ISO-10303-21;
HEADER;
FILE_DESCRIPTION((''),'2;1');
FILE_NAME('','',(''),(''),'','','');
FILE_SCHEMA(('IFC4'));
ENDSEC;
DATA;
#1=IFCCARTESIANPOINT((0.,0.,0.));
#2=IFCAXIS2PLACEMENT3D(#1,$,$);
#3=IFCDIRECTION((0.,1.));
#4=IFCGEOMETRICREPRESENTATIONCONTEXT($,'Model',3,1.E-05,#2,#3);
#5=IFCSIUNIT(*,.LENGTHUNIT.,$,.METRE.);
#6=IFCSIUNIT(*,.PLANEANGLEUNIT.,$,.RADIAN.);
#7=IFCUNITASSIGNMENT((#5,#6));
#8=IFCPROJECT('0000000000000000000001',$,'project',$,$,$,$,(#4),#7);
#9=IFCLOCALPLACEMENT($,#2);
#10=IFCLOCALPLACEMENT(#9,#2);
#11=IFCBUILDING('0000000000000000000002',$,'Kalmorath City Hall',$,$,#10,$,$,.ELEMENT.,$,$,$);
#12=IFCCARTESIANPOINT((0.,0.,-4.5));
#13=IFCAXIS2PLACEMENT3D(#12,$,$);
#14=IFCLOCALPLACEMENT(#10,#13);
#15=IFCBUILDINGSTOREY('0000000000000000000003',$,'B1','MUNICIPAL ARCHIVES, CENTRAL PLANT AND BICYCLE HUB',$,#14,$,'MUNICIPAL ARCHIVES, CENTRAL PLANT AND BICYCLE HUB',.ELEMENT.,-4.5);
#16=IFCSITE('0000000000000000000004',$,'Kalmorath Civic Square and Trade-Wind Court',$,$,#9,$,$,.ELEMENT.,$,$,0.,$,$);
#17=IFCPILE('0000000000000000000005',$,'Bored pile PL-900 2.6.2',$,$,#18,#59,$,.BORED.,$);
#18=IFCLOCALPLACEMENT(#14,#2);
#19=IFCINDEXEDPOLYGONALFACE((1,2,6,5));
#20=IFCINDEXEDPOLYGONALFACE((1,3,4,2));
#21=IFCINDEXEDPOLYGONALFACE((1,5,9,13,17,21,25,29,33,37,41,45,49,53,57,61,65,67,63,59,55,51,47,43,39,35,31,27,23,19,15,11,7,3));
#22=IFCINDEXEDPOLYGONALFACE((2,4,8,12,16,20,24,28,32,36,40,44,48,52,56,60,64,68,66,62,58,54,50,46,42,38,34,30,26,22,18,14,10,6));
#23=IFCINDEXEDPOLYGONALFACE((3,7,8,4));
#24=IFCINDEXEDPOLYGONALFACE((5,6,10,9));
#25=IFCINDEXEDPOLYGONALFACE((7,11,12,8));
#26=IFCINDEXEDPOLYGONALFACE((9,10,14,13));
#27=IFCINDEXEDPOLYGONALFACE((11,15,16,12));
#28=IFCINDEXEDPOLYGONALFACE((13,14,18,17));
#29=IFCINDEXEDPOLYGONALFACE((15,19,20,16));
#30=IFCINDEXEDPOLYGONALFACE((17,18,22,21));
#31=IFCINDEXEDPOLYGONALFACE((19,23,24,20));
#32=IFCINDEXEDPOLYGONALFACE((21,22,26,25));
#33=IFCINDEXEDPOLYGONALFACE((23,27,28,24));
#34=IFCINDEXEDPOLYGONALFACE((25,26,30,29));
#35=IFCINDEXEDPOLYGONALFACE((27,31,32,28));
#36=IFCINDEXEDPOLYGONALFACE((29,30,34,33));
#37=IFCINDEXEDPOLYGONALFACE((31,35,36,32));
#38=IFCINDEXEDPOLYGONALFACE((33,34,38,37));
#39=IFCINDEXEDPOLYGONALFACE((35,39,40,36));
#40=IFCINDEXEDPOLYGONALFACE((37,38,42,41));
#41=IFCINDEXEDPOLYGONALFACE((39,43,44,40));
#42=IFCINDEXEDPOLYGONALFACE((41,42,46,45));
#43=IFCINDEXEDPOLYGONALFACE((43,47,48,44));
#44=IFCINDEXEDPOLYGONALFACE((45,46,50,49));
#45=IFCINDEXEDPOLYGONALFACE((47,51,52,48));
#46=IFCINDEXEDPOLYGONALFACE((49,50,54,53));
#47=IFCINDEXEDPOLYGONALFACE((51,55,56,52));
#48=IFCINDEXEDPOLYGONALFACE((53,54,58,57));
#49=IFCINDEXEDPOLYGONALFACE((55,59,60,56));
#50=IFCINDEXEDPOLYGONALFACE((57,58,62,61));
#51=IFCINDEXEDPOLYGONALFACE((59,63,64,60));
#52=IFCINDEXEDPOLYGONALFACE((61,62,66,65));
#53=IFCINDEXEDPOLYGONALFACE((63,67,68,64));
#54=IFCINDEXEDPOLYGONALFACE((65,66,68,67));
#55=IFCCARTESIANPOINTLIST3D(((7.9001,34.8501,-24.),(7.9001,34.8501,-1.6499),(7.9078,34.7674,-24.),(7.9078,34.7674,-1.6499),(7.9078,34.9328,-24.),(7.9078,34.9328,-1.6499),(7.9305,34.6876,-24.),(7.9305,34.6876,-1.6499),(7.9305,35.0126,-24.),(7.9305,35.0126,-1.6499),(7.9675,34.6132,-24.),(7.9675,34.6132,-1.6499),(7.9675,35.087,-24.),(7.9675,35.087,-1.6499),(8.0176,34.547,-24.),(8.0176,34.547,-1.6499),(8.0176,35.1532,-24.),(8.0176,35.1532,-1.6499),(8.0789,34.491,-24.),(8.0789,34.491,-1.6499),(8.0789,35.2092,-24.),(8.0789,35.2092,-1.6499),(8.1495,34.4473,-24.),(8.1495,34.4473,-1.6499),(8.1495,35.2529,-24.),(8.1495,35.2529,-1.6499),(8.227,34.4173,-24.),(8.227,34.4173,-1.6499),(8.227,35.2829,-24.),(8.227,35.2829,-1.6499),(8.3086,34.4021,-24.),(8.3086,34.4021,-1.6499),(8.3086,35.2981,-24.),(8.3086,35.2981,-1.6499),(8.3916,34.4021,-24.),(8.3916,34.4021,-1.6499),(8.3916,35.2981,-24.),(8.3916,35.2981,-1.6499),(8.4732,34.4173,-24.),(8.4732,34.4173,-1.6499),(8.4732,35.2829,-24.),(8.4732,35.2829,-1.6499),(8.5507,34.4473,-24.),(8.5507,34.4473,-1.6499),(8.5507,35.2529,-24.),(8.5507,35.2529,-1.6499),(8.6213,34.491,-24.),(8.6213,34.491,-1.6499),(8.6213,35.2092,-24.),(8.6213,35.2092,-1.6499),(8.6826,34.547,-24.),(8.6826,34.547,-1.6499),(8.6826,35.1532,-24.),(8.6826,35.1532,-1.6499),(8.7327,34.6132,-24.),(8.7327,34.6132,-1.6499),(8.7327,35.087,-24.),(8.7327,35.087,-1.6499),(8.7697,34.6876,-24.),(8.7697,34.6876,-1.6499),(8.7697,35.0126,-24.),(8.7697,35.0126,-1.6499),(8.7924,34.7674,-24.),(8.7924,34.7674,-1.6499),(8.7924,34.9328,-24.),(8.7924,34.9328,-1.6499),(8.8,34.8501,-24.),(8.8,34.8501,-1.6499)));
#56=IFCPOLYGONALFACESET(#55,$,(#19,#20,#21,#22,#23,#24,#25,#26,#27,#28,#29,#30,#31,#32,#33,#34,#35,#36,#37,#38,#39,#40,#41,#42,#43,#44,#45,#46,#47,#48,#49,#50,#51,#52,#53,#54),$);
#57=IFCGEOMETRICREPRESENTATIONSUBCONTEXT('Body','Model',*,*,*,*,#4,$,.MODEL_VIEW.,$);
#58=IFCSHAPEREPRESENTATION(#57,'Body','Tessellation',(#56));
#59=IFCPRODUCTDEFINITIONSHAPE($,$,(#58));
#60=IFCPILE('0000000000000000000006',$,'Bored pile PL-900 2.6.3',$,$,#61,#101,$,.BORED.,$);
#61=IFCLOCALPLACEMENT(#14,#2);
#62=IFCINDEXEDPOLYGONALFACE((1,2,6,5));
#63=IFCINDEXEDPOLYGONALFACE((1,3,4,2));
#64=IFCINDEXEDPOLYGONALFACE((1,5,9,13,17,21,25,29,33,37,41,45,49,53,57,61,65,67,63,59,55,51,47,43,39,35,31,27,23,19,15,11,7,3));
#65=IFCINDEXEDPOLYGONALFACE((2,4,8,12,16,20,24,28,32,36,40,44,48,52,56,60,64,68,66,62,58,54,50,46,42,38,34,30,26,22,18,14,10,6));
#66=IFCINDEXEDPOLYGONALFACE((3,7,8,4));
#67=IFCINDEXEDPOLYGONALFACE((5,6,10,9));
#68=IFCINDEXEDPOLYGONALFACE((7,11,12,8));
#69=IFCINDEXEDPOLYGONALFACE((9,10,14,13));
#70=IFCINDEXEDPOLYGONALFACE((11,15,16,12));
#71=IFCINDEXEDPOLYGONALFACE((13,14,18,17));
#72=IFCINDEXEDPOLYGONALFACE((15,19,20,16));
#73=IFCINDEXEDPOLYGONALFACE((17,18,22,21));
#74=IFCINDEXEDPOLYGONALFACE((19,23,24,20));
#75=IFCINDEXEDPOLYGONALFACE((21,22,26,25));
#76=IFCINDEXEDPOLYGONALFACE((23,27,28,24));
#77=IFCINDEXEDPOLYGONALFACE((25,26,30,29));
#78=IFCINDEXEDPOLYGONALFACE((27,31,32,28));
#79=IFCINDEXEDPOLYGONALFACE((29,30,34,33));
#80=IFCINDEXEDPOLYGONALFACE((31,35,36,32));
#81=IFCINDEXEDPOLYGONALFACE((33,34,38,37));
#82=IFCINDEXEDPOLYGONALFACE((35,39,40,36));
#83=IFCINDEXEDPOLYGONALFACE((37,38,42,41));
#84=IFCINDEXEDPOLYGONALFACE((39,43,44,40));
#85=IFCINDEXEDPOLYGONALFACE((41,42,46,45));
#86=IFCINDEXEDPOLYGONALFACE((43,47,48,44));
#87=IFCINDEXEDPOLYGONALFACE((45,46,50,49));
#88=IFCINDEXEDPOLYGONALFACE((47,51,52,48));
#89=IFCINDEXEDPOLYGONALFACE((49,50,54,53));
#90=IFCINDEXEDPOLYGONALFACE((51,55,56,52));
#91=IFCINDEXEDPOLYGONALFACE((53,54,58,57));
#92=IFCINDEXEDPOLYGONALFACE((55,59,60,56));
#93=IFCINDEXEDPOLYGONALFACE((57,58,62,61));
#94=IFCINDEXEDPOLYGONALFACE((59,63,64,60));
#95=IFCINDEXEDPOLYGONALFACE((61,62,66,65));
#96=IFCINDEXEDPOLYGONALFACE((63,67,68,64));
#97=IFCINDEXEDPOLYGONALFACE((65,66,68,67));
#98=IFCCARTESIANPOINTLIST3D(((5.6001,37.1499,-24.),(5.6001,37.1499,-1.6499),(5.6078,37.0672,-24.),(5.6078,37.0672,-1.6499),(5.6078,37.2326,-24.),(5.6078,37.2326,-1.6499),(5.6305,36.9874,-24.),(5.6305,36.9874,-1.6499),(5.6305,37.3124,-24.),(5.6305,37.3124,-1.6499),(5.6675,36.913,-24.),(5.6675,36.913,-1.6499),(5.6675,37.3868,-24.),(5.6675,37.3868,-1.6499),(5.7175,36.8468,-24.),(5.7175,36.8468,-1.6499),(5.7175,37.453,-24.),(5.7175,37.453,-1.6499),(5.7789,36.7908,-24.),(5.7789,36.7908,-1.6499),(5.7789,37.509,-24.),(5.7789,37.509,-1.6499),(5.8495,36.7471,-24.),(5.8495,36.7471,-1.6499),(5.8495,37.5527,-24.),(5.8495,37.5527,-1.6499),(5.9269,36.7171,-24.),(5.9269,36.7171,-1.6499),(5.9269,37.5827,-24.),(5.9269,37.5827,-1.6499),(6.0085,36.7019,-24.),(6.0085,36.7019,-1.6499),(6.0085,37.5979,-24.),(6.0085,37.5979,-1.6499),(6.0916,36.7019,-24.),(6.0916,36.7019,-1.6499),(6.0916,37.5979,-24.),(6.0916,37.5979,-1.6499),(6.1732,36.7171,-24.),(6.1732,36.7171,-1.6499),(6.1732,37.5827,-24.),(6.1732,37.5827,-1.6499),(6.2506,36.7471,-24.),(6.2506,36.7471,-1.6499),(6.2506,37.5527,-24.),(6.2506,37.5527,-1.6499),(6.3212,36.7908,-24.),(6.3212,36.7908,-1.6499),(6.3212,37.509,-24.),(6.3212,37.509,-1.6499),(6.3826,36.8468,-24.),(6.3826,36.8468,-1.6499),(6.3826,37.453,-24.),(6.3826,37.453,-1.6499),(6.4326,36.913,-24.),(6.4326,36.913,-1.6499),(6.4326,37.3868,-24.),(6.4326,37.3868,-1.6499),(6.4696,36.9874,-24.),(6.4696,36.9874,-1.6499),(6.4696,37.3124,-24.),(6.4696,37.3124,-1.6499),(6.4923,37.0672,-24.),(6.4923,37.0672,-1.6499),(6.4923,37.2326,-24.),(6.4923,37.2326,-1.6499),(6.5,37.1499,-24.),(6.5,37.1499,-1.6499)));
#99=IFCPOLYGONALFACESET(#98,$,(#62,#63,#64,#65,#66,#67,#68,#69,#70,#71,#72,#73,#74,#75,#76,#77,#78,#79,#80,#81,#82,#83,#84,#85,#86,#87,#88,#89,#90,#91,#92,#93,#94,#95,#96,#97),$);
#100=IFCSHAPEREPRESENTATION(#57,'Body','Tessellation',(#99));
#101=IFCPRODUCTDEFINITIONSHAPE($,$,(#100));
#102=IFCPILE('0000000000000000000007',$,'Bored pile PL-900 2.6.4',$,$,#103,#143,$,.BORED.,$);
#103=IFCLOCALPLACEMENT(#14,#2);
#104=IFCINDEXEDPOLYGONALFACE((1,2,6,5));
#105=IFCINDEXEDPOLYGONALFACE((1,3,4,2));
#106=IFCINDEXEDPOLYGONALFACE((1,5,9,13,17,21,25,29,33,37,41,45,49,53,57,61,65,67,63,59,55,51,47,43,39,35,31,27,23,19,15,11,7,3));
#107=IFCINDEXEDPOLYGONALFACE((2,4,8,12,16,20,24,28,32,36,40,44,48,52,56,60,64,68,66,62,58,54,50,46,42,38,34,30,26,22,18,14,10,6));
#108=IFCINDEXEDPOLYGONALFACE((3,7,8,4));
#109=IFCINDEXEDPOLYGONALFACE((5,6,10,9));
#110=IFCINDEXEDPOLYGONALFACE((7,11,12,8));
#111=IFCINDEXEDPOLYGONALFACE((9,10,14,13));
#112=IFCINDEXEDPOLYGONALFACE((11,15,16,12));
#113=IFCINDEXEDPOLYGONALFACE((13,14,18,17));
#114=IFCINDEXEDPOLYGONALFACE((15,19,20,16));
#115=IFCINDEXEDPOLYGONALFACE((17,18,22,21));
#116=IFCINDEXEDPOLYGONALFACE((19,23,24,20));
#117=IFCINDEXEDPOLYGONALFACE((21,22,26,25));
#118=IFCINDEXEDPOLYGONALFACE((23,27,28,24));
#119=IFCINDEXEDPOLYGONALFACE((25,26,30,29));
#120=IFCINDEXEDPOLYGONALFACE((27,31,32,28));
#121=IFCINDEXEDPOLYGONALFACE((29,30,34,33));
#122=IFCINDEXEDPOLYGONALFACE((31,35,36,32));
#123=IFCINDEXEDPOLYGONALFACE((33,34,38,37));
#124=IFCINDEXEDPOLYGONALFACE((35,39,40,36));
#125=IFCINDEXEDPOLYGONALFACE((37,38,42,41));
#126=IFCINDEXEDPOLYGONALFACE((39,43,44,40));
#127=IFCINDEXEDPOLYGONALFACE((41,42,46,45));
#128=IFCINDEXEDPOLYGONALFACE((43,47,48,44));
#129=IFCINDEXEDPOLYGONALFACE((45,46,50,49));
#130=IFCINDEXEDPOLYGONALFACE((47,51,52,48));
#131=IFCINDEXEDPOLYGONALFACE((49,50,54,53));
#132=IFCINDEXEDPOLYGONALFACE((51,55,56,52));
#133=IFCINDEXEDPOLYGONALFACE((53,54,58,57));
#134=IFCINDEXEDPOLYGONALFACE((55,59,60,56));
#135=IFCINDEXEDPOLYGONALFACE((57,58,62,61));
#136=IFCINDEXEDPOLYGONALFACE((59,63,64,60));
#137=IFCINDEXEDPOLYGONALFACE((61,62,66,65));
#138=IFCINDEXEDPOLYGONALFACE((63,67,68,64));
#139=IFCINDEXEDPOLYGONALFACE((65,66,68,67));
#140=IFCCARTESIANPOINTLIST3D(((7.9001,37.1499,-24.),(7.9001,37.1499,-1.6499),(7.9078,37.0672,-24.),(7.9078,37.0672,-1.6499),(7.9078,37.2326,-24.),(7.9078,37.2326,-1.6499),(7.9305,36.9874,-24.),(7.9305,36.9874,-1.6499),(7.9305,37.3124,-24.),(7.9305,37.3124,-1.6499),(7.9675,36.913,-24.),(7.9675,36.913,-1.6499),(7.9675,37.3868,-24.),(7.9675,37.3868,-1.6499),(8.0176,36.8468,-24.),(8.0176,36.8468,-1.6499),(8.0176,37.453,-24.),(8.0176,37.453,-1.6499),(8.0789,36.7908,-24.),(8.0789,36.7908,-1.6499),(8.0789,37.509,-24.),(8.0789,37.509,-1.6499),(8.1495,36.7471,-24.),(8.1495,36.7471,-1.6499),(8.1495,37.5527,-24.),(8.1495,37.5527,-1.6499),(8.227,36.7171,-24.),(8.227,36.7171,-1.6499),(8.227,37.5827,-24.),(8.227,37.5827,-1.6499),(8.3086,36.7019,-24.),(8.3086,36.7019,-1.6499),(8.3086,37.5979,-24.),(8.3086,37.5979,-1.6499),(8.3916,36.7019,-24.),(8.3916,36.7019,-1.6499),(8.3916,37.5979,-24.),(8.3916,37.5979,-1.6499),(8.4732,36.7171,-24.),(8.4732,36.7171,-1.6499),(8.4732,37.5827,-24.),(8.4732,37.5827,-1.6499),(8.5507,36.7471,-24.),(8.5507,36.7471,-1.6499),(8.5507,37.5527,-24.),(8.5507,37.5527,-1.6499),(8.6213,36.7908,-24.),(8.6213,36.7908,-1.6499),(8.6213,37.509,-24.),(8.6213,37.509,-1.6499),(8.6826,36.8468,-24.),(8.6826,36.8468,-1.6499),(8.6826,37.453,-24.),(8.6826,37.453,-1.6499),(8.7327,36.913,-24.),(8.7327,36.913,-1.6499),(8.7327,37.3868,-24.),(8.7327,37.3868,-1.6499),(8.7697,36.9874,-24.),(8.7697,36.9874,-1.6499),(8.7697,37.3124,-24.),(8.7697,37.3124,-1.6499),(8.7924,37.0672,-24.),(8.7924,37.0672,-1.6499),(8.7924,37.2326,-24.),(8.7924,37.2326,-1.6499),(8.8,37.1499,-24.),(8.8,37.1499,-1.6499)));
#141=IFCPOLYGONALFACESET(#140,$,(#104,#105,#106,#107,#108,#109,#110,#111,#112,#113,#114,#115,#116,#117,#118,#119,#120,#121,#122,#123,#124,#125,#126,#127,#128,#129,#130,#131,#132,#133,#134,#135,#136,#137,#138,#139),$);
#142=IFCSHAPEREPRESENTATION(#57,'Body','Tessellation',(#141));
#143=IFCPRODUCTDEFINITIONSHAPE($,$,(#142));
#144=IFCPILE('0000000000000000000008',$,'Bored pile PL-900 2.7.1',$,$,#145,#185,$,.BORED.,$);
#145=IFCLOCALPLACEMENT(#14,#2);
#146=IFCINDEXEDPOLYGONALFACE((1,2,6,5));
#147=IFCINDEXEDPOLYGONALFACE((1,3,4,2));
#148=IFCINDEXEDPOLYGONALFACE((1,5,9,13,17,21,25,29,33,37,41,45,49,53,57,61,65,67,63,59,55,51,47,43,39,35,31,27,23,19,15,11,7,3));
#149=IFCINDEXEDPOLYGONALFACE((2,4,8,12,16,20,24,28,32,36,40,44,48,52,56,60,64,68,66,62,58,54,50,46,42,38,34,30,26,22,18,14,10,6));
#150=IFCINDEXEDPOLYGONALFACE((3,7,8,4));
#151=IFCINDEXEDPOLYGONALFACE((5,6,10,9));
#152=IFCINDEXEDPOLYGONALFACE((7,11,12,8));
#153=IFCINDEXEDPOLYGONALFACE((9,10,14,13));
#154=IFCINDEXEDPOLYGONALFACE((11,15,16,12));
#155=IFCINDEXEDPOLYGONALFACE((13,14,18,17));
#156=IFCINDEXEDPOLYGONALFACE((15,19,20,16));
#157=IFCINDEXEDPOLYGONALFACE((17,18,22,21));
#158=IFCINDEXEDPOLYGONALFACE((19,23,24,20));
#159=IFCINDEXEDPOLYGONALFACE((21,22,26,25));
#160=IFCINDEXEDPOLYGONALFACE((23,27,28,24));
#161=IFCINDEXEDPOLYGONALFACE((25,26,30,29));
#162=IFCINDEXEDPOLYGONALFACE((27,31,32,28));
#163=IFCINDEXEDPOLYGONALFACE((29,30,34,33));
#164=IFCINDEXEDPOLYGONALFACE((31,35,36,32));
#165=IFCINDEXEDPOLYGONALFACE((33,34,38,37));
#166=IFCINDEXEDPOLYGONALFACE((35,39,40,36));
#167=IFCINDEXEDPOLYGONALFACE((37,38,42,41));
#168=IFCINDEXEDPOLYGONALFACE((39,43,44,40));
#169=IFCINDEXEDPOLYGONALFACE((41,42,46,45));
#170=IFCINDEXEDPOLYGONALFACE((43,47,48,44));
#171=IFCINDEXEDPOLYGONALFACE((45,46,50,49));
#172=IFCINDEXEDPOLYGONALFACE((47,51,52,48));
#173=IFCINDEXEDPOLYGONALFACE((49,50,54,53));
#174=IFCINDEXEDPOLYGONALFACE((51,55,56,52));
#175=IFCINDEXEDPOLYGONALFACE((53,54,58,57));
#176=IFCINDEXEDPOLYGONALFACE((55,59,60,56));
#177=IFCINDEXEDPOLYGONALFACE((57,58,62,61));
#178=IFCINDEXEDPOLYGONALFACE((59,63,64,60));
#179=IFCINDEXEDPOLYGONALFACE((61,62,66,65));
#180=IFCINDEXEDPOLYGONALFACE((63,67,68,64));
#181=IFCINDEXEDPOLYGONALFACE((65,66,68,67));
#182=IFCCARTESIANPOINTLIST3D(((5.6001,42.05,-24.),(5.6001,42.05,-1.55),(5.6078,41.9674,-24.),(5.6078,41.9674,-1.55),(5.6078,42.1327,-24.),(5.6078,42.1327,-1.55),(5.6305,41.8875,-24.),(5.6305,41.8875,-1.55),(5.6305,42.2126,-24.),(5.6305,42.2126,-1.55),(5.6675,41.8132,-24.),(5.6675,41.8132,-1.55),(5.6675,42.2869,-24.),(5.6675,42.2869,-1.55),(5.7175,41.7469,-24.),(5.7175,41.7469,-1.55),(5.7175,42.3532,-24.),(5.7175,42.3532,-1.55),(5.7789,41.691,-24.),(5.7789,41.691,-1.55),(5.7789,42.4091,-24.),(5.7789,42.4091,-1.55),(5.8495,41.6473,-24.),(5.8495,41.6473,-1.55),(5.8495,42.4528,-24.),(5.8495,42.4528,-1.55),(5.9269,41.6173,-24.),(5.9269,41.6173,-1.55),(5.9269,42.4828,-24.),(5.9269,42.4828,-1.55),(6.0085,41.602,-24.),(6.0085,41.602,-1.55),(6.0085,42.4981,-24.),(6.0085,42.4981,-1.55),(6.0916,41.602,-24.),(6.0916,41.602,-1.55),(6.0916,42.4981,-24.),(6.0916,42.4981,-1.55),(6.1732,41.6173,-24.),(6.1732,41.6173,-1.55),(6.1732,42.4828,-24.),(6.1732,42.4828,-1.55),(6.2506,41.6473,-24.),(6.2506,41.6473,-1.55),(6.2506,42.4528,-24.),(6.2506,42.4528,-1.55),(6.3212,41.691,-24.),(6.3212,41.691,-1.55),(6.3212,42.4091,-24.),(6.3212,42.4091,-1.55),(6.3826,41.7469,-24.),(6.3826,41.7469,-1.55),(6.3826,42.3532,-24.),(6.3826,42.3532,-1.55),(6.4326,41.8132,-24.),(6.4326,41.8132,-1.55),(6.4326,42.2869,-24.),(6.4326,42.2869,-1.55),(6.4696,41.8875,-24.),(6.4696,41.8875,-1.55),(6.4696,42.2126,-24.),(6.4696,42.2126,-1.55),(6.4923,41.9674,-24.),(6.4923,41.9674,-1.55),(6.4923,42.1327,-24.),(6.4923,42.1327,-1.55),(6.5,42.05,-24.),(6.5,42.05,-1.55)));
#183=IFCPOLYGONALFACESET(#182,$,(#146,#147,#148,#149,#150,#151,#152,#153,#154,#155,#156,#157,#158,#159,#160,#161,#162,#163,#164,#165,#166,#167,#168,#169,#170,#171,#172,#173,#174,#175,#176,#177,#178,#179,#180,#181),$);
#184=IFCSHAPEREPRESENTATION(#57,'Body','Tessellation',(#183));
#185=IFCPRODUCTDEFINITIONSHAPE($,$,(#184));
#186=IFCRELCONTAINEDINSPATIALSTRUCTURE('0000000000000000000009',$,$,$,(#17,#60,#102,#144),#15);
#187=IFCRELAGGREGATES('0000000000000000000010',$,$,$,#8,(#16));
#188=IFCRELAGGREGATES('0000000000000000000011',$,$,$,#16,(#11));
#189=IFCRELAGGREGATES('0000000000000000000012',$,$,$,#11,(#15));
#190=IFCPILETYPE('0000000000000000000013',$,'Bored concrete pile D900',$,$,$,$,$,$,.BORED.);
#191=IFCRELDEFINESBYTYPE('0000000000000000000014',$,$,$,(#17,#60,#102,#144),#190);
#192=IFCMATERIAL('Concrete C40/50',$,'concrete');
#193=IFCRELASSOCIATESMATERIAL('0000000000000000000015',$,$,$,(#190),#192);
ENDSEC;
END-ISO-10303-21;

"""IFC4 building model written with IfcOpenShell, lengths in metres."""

from ifc_helpers import new_model, si_unit, direction, frame, origin, origin_2d, place, context, subcontext, project, spatial, circle, extrude, material, material_profile, profile_set, type_object, element, save


model = new_model("IFC4")

# Units and contexts
model_context = context("Model", 3, precision=1e-05, world=origin(), true_north=direction((0.0, 1.0)))
body_context = subcontext(model_context, "Body", "Model", "MODEL_VIEW")
ifc_project = project(units=[si_unit("LENGTHUNIT", "METRE"), si_unit("PLANEANGLEUNIT", "RADIAN")], contexts=[model_context])

# Site, building, storey
site_placement = place(None, origin())
site = spatial("IfcSite", under=ifc_project, at=site_placement, Name="Kalmorath Civic Square and Trade-Wind Court", CompositionType="ELEMENT", RefElevation=0.0)
building_placement = place(site_placement, origin())
building = spatial("IfcBuilding", under=site, at=building_placement, Name="Kalmorath City Hall", CompositionType="ELEMENT")
storey_placement = place(building_placement, frame((0.0, 0.0, -4.5)))
storey = spatial("IfcBuildingStorey", under=building, at=storey_placement, Name="B1", Description="MUNICIPAL ARCHIVES, CENTRAL PLANT AND BICYCLE HUB", LongName="MUNICIPAL ARCHIVES, CENTRAL PLANT AND BICYCLE HUB", CompositionType="ELEMENT", Elevation=-4.5)

# Piles
ifc_material_1 = material(Name="Concrete C40/50", Category="concrete")
ifc_material_profile_1 = material_profile(ifc_material_1, circle(Radius=0.45, at=origin_2d()), Name="PILE-D900")
ifc_profile_set_1 = profile_set([ifc_material_profile_1], Name="Concrete C40/50")
pile_type_1 = type_object("IfcPileType", Name="Bored concrete pile D900", PredefinedType="BORED", material=ifc_profile_set_1)
for number, where, z_axis, x_axis, name in (
    (1, (8.3501, 34.8501, -1.6499), (0.0, 0.0, -1.0), (1.0, 0.0, 0.0), "Bored pile PL-900 2.6.2"),
    (2, (6.05, 37.1499, -1.6499), (0.0, 0.0, -1.0), (1.0, 0.0, 0.0), "Bored pile PL-900 2.6.3"),
    (3, (8.3501, 37.1499, -1.6499), (0.0, 0.0, -1.0), (1.0, 0.0, 0.0), "Bored pile PL-900 2.6.4"),
):
    element("IfcPile", number, at=place(storey_placement, frame(where, z_axis=z_axis, x_axis=x_axis)), inside=storey, type_object=pile_type_1, Name=name, PredefinedType="BORED", context=body_context, shape_type="SweptSolid", body=[
        extrude(circle(Radius=0.45, at=origin_2d()), origin(), (0.0, 0.0, 1.0), 22.3501),
    ])
for number, where, z_axis, x_axis, name in (
    (4, (6.05, 42.05, -1.55), (0.0, 0.0, -1.0), (1.0, 0.0, 0.0), "Bored pile PL-900 2.7.1"),
):
    element("IfcPile", number, at=place(storey_placement, frame(where, z_axis=z_axis, x_axis=x_axis)), inside=storey, type_object=pile_type_1, Name=name, PredefinedType="BORED", context=body_context, shape_type="SweptSolid", body=[
        extrude(circle(Radius=0.45, at=origin_2d()), origin(), (0.0, 0.0, 1.0), 22.45),
    ])

save(model, "model.ifc")
